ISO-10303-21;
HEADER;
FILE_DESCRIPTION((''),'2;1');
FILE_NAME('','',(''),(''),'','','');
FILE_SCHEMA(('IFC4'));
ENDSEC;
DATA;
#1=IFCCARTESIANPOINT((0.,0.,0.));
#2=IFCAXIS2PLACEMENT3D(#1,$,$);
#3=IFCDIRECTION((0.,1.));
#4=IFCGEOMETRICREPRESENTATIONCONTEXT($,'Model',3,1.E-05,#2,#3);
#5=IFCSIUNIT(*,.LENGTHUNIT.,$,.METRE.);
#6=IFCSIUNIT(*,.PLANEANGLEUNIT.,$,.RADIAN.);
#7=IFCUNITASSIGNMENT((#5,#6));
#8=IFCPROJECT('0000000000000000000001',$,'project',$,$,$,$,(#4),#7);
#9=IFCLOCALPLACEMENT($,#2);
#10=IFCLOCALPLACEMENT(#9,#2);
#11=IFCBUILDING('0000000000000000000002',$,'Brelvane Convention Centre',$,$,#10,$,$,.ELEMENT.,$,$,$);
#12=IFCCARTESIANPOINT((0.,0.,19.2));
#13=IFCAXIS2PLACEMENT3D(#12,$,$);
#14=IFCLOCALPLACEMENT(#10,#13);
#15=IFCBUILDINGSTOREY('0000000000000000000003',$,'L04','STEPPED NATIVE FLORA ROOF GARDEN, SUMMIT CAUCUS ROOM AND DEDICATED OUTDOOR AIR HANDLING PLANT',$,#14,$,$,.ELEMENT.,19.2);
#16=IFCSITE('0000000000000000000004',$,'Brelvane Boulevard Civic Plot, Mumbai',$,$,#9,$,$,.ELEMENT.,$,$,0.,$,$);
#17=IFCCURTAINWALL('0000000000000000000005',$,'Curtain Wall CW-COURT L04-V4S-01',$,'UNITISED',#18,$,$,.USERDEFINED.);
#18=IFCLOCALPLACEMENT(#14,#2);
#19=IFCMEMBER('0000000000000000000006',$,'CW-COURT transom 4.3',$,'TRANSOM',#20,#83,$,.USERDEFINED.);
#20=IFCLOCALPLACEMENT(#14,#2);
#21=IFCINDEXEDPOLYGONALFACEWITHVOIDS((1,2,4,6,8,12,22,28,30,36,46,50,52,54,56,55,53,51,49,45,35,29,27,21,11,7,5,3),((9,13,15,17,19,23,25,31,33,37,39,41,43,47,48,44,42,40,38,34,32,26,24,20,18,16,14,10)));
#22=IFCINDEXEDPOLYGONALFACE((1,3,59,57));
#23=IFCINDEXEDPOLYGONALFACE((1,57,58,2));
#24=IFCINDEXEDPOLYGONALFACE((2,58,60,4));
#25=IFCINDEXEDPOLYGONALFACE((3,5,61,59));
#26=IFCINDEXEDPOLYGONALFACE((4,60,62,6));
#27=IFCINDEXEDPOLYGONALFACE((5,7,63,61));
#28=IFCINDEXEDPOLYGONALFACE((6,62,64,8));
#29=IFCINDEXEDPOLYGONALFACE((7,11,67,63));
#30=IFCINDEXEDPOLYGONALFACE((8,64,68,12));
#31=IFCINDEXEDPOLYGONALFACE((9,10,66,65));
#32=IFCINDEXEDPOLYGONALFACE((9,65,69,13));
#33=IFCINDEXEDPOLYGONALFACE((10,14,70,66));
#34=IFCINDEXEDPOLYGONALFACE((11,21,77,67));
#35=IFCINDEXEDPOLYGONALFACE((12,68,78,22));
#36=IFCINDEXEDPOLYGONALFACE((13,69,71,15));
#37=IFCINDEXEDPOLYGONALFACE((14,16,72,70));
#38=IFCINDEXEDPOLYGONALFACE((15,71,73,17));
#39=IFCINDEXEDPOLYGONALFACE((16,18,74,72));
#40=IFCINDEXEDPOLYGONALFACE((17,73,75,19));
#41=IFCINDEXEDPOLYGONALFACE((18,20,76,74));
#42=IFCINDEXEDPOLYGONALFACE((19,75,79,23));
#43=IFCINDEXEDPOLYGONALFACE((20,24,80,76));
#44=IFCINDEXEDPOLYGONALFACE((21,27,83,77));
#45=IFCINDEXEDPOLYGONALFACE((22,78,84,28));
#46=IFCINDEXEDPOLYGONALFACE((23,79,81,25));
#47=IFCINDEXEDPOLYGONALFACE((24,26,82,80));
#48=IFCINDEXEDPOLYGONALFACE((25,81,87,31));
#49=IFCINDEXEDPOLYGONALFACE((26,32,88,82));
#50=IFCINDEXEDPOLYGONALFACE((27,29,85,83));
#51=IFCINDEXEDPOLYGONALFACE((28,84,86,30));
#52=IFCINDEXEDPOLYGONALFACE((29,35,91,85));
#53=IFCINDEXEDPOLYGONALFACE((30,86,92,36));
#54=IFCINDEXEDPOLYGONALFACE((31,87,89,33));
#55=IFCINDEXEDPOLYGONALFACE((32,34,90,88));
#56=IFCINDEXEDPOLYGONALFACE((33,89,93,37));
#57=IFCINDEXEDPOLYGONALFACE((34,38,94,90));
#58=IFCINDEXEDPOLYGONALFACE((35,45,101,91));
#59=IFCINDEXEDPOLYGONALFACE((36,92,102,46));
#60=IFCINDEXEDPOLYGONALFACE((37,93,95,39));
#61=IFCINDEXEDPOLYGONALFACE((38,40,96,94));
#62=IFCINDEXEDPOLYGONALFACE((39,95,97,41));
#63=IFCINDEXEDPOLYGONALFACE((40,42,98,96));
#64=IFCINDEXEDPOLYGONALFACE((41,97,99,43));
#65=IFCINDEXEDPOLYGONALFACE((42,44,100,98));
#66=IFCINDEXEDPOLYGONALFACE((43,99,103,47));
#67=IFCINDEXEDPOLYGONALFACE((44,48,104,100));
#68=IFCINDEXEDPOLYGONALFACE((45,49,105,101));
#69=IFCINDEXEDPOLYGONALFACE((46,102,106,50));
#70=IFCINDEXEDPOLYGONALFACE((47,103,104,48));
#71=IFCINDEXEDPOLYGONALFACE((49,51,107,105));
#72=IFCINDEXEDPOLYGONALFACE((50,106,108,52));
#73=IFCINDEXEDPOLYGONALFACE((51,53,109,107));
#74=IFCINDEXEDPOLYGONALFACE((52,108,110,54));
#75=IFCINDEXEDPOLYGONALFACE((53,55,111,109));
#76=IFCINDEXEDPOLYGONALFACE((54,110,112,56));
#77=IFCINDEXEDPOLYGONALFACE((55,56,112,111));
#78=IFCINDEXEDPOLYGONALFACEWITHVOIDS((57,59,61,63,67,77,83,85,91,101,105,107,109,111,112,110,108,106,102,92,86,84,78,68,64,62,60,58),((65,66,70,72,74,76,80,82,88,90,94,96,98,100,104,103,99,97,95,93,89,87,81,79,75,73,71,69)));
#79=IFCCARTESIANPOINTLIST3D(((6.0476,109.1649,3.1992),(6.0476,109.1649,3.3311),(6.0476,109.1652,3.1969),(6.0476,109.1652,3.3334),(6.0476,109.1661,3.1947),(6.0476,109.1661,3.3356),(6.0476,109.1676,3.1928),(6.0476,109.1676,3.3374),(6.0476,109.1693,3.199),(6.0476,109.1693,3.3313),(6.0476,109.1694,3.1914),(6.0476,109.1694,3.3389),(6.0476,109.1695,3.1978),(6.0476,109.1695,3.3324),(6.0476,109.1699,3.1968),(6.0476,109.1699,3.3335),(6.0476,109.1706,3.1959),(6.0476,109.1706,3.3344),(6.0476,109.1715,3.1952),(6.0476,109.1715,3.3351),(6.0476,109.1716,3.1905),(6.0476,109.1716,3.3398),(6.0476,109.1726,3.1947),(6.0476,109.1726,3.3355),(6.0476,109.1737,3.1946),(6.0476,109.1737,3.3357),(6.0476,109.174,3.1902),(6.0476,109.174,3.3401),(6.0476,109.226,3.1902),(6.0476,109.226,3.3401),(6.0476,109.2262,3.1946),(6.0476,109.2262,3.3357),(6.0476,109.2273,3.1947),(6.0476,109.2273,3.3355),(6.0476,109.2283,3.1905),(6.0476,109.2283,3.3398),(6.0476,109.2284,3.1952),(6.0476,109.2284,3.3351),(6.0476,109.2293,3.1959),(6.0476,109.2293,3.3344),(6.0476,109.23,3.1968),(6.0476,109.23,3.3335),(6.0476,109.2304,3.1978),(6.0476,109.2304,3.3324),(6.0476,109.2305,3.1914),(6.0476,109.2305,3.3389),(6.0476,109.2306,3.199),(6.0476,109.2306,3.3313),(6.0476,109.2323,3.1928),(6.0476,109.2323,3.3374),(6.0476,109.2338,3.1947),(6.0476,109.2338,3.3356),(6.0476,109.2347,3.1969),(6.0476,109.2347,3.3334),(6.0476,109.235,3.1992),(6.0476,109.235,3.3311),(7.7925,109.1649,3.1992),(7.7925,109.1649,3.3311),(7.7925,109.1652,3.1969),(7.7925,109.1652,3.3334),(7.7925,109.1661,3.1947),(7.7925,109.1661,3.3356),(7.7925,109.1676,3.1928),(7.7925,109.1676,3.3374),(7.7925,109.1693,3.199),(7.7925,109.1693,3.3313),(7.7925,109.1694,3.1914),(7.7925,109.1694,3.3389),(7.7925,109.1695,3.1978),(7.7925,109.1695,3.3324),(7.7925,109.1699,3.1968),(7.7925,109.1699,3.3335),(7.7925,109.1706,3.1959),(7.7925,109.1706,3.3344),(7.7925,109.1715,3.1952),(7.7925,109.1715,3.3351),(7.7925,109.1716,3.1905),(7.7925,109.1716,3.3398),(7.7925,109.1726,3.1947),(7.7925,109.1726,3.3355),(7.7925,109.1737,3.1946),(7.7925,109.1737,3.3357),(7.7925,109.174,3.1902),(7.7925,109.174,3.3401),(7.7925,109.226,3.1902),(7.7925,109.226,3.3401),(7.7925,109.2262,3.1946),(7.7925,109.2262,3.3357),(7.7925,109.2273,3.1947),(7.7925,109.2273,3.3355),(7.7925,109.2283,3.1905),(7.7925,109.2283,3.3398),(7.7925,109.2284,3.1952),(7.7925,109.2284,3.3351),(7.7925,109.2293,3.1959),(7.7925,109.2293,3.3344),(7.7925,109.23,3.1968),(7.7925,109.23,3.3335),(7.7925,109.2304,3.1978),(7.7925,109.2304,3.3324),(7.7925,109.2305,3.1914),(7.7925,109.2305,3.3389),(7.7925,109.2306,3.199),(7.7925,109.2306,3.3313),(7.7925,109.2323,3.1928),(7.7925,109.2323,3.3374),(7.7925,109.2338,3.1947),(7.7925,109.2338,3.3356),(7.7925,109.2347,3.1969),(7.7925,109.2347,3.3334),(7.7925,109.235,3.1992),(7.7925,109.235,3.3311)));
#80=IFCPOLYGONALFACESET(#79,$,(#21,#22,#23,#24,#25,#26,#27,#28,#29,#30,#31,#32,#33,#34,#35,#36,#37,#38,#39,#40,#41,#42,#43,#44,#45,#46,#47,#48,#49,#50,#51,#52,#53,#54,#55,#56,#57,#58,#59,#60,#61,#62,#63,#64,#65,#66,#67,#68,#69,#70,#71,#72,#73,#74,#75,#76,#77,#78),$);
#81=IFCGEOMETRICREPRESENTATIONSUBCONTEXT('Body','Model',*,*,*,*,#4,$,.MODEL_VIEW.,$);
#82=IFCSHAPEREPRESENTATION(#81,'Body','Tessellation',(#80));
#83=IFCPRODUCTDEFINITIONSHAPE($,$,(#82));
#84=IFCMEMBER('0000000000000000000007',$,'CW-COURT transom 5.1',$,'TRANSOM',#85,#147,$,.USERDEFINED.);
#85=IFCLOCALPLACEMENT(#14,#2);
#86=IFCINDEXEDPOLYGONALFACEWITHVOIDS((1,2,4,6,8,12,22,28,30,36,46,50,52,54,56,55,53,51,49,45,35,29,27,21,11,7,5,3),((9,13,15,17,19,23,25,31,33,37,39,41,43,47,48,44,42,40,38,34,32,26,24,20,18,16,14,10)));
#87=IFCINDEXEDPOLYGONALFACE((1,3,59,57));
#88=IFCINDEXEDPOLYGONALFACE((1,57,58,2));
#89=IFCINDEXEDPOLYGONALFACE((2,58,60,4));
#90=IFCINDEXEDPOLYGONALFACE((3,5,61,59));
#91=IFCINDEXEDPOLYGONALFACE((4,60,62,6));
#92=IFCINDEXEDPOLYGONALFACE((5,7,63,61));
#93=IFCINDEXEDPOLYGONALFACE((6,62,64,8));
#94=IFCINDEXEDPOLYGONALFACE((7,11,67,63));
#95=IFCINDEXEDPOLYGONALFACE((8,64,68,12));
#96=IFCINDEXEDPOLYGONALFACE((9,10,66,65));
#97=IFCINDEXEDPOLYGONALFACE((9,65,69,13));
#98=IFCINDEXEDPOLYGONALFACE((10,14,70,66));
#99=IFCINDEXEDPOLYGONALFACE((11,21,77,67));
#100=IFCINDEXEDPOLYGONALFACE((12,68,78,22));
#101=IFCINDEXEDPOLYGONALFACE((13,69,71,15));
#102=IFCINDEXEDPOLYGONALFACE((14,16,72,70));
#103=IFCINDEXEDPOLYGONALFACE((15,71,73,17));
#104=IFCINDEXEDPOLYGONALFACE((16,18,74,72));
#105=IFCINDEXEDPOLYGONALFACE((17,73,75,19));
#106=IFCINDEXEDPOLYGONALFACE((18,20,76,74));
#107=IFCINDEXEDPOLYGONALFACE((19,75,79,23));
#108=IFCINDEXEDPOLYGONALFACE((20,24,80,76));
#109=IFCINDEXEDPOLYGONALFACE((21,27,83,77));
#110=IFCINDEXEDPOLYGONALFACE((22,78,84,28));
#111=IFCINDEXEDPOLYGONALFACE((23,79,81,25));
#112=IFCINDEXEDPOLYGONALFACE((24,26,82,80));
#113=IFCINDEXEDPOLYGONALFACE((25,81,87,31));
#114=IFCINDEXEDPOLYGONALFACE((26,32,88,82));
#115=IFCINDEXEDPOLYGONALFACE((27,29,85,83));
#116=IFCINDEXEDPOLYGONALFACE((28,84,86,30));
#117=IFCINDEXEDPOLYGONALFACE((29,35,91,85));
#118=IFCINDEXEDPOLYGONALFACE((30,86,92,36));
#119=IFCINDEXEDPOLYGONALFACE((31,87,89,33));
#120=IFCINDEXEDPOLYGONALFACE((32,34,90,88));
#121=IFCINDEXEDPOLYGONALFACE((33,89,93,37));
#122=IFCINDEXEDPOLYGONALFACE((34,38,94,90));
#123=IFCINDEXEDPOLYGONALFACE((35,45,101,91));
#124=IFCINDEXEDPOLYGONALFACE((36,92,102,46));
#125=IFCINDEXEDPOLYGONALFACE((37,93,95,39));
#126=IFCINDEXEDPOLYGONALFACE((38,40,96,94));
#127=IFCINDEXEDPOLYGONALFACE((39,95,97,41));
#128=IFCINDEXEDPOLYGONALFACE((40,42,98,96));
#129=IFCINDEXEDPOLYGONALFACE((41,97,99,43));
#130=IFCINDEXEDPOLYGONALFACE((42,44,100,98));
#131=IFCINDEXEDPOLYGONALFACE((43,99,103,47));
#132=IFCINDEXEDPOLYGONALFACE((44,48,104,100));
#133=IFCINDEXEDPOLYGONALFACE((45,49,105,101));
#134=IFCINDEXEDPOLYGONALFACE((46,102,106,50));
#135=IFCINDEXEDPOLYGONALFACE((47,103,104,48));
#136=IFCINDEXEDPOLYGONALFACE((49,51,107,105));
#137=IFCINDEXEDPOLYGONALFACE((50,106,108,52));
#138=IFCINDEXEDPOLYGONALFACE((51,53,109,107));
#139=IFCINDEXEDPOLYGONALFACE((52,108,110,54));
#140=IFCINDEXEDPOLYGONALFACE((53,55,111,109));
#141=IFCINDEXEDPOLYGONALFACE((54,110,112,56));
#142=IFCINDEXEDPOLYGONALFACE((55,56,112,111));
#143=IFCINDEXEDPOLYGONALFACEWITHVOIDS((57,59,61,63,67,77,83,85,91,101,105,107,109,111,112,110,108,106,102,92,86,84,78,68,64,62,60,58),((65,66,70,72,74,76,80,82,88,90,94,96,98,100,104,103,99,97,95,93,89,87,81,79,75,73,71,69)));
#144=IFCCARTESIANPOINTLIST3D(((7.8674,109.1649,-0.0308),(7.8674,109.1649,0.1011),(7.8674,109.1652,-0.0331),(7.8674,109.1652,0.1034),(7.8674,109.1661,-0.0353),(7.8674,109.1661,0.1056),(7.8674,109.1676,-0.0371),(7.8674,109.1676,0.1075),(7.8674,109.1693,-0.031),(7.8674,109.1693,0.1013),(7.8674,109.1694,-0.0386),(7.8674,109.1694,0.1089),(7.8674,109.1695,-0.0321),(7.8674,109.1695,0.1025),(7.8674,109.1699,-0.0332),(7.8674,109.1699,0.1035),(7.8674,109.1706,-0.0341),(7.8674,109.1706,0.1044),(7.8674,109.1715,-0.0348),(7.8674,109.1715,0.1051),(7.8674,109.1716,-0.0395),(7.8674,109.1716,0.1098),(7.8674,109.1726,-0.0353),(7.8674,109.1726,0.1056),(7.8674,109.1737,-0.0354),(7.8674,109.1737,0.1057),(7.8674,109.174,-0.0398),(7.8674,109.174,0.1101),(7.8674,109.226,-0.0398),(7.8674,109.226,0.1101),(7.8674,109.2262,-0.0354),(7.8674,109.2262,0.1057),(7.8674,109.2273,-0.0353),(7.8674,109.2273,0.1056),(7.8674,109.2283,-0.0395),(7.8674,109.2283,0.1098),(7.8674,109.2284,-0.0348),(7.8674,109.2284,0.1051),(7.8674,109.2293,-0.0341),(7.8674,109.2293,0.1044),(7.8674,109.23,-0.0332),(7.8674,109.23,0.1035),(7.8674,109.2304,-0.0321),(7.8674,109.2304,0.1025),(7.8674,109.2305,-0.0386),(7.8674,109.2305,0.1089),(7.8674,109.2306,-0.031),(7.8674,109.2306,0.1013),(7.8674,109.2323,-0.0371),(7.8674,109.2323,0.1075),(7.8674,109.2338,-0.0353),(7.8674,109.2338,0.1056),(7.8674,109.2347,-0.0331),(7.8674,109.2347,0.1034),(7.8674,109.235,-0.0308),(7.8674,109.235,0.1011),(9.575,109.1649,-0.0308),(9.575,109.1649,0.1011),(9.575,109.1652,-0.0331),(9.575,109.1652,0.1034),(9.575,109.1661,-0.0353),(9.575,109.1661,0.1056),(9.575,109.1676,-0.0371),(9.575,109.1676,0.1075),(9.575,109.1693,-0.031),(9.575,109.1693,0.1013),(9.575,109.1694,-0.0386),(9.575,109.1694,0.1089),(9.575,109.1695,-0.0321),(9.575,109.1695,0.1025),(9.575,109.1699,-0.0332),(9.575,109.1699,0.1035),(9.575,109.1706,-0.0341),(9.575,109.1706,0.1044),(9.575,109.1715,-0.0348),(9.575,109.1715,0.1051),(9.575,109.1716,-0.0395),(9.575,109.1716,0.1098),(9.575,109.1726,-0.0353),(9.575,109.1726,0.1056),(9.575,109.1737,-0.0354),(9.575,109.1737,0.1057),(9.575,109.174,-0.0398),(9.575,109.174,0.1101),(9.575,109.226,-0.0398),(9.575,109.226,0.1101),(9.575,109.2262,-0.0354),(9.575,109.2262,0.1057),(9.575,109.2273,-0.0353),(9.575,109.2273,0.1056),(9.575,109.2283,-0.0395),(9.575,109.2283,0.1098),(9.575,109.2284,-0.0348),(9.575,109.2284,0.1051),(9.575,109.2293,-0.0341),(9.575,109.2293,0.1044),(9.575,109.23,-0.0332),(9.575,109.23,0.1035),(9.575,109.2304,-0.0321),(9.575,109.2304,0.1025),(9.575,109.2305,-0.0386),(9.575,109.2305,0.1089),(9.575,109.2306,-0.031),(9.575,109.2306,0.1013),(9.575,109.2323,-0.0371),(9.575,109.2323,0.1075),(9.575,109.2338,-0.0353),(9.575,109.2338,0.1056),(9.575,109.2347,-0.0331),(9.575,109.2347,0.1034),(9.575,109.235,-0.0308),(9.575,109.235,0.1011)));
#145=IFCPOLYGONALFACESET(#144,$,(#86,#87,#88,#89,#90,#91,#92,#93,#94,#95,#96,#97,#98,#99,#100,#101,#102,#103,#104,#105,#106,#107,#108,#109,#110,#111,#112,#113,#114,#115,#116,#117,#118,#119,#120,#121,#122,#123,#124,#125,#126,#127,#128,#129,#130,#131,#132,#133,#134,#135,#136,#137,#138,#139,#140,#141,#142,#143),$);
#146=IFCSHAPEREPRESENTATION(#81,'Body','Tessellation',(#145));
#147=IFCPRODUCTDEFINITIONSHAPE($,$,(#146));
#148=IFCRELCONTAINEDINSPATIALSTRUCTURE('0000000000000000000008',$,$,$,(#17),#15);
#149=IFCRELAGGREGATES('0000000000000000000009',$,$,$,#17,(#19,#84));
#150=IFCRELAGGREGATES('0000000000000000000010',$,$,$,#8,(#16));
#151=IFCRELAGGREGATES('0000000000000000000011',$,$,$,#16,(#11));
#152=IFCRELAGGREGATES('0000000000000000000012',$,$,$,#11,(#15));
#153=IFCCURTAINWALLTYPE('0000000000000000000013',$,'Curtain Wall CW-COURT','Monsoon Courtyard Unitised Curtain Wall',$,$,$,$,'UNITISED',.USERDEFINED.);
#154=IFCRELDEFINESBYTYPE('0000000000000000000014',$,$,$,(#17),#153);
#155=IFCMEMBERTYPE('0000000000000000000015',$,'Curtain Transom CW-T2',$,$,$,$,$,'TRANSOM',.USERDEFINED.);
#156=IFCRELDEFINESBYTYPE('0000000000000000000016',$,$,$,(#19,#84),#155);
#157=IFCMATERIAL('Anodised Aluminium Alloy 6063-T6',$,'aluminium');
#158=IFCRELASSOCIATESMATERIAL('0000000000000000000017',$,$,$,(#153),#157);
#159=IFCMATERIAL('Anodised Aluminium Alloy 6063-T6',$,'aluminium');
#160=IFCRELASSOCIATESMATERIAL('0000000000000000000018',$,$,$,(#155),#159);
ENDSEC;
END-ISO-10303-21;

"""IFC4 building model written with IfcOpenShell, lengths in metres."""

from ifc_helpers import new_model, si_unit, direction, frame, origin, origin_2d, place, context, subcontext, project, spatial, hollow_rectangle, extrude, material, material_profile, profile_set, type_object, element, aggregate, save


model = new_model("IFC4")

# Units and contexts
model_context = context("Model", 3, precision=1e-05, world=origin(), true_north=direction((0.0, 1.0)))
body_context = subcontext(model_context, "Body", "Model", "MODEL_VIEW")
ifc_project = project(units=[si_unit("LENGTHUNIT", "METRE"), si_unit("PLANEANGLEUNIT", "RADIAN")], contexts=[model_context])

# Site, building, storey
site_placement = place(None, origin())
site = spatial("IfcSite", under=ifc_project, at=site_placement, Name="Brelvane Boulevard Civic Plot, Mumbai", CompositionType="ELEMENT", RefElevation=0.0)
building_placement = place(site_placement, origin())
building = spatial("IfcBuilding", under=site, at=building_placement, Name="Brelvane Convention Centre", CompositionType="ELEMENT")
storey_placement = place(building_placement, frame((0.0, 0.0, 19.2)))
storey = spatial("IfcBuildingStorey", under=building, at=storey_placement, Name="L04", Description="STEPPED NATIVE FLORA ROOF GARDEN, SUMMIT CAUCUS ROOM AND DEDICATED OUTDOOR AIR HANDLING PLANT", CompositionType="ELEMENT", Elevation=19.2)

# Curtain wall, members
ifc_material_1 = material(Name="Anodised Aluminium Alloy 6063-T6", Category="aluminium")
curtain_wall_type = type_object("IfcCurtainWallType", Name="Curtain Wall CW-COURT", Description="Monsoon Courtyard Unitised Curtain Wall", ElementType="UNITISED", PredefinedType="USERDEFINED", material=ifc_material_1)
curtain_wall_placement = place(storey_placement, origin())
curtain_wall = element("IfcCurtainWall", 1, at=curtain_wall_placement, inside=storey, type_object=curtain_wall_type, Name="Curtain Wall CW-COURT L04-V4S-01", ObjectType="UNITISED", PredefinedType="USERDEFINED")
ifc_material_2 = material(Name="Anodised Aluminium Alloy 6063-T6", Category="aluminium")
ifc_material_profile_1 = material_profile(ifc_material_2, hollow_rectangle(XDim=0.0701, YDim=0.1499, WallThickness=0.0044, InnerFilletRadius=0.0044, OuterFilletRadius=0.009, at=origin_2d()), Name="ALU-T 150x70x4.5")
ifc_profile_set_1 = profile_set([ifc_material_profile_1], Name="Anodised Aluminium Alloy 6063-T6")
member_type_1 = type_object("IfcMemberType", Name="Curtain Transom CW-T2", ElementType="TRANSOM", PredefinedType="USERDEFINED", material=ifc_profile_set_1)
member_1_placement = place(storey_placement, frame((6.0476, 109.2, 3.2651), z_axis=(1.0, 0.0, 0.0), x_axis=(0.0, 1.0, 0.0)))
member_1 = element("IfcMember", 2, at=member_1_placement, type_object=member_type_1, Name="CW-COURT transom 4.3", ObjectType="TRANSOM", PredefinedType="USERDEFINED", context=body_context, shape_type="SweptSolid", body=[
    extrude(hollow_rectangle(XDim=0.0701, YDim=0.1499, WallThickness=0.0044, InnerFilletRadius=0.0044, OuterFilletRadius=0.009, at=origin_2d()), origin(), (0.0, 0.0, 1.0), 1.7449),
])
member_2_placement = place(storey_placement, frame((7.8674, 109.2, 0.0352), z_axis=(1.0, 0.0, 0.0), x_axis=(0.0, 1.0, 0.0)))
member_2 = element("IfcMember", 3, at=member_2_placement, type_object=member_type_1, Name="CW-COURT transom 5.1", ObjectType="TRANSOM", PredefinedType="USERDEFINED", context=body_context, shape_type="SweptSolid", body=[
    extrude(hollow_rectangle(XDim=0.0701, YDim=0.1499, WallThickness=0.0044, InnerFilletRadius=0.0044, OuterFilletRadius=0.009, at=origin_2d()), origin(), (0.0, 0.0, 1.0), 1.7075),
])
aggregate(curtain_wall, [member_1, member_2])

save(model, "model.ifc")
